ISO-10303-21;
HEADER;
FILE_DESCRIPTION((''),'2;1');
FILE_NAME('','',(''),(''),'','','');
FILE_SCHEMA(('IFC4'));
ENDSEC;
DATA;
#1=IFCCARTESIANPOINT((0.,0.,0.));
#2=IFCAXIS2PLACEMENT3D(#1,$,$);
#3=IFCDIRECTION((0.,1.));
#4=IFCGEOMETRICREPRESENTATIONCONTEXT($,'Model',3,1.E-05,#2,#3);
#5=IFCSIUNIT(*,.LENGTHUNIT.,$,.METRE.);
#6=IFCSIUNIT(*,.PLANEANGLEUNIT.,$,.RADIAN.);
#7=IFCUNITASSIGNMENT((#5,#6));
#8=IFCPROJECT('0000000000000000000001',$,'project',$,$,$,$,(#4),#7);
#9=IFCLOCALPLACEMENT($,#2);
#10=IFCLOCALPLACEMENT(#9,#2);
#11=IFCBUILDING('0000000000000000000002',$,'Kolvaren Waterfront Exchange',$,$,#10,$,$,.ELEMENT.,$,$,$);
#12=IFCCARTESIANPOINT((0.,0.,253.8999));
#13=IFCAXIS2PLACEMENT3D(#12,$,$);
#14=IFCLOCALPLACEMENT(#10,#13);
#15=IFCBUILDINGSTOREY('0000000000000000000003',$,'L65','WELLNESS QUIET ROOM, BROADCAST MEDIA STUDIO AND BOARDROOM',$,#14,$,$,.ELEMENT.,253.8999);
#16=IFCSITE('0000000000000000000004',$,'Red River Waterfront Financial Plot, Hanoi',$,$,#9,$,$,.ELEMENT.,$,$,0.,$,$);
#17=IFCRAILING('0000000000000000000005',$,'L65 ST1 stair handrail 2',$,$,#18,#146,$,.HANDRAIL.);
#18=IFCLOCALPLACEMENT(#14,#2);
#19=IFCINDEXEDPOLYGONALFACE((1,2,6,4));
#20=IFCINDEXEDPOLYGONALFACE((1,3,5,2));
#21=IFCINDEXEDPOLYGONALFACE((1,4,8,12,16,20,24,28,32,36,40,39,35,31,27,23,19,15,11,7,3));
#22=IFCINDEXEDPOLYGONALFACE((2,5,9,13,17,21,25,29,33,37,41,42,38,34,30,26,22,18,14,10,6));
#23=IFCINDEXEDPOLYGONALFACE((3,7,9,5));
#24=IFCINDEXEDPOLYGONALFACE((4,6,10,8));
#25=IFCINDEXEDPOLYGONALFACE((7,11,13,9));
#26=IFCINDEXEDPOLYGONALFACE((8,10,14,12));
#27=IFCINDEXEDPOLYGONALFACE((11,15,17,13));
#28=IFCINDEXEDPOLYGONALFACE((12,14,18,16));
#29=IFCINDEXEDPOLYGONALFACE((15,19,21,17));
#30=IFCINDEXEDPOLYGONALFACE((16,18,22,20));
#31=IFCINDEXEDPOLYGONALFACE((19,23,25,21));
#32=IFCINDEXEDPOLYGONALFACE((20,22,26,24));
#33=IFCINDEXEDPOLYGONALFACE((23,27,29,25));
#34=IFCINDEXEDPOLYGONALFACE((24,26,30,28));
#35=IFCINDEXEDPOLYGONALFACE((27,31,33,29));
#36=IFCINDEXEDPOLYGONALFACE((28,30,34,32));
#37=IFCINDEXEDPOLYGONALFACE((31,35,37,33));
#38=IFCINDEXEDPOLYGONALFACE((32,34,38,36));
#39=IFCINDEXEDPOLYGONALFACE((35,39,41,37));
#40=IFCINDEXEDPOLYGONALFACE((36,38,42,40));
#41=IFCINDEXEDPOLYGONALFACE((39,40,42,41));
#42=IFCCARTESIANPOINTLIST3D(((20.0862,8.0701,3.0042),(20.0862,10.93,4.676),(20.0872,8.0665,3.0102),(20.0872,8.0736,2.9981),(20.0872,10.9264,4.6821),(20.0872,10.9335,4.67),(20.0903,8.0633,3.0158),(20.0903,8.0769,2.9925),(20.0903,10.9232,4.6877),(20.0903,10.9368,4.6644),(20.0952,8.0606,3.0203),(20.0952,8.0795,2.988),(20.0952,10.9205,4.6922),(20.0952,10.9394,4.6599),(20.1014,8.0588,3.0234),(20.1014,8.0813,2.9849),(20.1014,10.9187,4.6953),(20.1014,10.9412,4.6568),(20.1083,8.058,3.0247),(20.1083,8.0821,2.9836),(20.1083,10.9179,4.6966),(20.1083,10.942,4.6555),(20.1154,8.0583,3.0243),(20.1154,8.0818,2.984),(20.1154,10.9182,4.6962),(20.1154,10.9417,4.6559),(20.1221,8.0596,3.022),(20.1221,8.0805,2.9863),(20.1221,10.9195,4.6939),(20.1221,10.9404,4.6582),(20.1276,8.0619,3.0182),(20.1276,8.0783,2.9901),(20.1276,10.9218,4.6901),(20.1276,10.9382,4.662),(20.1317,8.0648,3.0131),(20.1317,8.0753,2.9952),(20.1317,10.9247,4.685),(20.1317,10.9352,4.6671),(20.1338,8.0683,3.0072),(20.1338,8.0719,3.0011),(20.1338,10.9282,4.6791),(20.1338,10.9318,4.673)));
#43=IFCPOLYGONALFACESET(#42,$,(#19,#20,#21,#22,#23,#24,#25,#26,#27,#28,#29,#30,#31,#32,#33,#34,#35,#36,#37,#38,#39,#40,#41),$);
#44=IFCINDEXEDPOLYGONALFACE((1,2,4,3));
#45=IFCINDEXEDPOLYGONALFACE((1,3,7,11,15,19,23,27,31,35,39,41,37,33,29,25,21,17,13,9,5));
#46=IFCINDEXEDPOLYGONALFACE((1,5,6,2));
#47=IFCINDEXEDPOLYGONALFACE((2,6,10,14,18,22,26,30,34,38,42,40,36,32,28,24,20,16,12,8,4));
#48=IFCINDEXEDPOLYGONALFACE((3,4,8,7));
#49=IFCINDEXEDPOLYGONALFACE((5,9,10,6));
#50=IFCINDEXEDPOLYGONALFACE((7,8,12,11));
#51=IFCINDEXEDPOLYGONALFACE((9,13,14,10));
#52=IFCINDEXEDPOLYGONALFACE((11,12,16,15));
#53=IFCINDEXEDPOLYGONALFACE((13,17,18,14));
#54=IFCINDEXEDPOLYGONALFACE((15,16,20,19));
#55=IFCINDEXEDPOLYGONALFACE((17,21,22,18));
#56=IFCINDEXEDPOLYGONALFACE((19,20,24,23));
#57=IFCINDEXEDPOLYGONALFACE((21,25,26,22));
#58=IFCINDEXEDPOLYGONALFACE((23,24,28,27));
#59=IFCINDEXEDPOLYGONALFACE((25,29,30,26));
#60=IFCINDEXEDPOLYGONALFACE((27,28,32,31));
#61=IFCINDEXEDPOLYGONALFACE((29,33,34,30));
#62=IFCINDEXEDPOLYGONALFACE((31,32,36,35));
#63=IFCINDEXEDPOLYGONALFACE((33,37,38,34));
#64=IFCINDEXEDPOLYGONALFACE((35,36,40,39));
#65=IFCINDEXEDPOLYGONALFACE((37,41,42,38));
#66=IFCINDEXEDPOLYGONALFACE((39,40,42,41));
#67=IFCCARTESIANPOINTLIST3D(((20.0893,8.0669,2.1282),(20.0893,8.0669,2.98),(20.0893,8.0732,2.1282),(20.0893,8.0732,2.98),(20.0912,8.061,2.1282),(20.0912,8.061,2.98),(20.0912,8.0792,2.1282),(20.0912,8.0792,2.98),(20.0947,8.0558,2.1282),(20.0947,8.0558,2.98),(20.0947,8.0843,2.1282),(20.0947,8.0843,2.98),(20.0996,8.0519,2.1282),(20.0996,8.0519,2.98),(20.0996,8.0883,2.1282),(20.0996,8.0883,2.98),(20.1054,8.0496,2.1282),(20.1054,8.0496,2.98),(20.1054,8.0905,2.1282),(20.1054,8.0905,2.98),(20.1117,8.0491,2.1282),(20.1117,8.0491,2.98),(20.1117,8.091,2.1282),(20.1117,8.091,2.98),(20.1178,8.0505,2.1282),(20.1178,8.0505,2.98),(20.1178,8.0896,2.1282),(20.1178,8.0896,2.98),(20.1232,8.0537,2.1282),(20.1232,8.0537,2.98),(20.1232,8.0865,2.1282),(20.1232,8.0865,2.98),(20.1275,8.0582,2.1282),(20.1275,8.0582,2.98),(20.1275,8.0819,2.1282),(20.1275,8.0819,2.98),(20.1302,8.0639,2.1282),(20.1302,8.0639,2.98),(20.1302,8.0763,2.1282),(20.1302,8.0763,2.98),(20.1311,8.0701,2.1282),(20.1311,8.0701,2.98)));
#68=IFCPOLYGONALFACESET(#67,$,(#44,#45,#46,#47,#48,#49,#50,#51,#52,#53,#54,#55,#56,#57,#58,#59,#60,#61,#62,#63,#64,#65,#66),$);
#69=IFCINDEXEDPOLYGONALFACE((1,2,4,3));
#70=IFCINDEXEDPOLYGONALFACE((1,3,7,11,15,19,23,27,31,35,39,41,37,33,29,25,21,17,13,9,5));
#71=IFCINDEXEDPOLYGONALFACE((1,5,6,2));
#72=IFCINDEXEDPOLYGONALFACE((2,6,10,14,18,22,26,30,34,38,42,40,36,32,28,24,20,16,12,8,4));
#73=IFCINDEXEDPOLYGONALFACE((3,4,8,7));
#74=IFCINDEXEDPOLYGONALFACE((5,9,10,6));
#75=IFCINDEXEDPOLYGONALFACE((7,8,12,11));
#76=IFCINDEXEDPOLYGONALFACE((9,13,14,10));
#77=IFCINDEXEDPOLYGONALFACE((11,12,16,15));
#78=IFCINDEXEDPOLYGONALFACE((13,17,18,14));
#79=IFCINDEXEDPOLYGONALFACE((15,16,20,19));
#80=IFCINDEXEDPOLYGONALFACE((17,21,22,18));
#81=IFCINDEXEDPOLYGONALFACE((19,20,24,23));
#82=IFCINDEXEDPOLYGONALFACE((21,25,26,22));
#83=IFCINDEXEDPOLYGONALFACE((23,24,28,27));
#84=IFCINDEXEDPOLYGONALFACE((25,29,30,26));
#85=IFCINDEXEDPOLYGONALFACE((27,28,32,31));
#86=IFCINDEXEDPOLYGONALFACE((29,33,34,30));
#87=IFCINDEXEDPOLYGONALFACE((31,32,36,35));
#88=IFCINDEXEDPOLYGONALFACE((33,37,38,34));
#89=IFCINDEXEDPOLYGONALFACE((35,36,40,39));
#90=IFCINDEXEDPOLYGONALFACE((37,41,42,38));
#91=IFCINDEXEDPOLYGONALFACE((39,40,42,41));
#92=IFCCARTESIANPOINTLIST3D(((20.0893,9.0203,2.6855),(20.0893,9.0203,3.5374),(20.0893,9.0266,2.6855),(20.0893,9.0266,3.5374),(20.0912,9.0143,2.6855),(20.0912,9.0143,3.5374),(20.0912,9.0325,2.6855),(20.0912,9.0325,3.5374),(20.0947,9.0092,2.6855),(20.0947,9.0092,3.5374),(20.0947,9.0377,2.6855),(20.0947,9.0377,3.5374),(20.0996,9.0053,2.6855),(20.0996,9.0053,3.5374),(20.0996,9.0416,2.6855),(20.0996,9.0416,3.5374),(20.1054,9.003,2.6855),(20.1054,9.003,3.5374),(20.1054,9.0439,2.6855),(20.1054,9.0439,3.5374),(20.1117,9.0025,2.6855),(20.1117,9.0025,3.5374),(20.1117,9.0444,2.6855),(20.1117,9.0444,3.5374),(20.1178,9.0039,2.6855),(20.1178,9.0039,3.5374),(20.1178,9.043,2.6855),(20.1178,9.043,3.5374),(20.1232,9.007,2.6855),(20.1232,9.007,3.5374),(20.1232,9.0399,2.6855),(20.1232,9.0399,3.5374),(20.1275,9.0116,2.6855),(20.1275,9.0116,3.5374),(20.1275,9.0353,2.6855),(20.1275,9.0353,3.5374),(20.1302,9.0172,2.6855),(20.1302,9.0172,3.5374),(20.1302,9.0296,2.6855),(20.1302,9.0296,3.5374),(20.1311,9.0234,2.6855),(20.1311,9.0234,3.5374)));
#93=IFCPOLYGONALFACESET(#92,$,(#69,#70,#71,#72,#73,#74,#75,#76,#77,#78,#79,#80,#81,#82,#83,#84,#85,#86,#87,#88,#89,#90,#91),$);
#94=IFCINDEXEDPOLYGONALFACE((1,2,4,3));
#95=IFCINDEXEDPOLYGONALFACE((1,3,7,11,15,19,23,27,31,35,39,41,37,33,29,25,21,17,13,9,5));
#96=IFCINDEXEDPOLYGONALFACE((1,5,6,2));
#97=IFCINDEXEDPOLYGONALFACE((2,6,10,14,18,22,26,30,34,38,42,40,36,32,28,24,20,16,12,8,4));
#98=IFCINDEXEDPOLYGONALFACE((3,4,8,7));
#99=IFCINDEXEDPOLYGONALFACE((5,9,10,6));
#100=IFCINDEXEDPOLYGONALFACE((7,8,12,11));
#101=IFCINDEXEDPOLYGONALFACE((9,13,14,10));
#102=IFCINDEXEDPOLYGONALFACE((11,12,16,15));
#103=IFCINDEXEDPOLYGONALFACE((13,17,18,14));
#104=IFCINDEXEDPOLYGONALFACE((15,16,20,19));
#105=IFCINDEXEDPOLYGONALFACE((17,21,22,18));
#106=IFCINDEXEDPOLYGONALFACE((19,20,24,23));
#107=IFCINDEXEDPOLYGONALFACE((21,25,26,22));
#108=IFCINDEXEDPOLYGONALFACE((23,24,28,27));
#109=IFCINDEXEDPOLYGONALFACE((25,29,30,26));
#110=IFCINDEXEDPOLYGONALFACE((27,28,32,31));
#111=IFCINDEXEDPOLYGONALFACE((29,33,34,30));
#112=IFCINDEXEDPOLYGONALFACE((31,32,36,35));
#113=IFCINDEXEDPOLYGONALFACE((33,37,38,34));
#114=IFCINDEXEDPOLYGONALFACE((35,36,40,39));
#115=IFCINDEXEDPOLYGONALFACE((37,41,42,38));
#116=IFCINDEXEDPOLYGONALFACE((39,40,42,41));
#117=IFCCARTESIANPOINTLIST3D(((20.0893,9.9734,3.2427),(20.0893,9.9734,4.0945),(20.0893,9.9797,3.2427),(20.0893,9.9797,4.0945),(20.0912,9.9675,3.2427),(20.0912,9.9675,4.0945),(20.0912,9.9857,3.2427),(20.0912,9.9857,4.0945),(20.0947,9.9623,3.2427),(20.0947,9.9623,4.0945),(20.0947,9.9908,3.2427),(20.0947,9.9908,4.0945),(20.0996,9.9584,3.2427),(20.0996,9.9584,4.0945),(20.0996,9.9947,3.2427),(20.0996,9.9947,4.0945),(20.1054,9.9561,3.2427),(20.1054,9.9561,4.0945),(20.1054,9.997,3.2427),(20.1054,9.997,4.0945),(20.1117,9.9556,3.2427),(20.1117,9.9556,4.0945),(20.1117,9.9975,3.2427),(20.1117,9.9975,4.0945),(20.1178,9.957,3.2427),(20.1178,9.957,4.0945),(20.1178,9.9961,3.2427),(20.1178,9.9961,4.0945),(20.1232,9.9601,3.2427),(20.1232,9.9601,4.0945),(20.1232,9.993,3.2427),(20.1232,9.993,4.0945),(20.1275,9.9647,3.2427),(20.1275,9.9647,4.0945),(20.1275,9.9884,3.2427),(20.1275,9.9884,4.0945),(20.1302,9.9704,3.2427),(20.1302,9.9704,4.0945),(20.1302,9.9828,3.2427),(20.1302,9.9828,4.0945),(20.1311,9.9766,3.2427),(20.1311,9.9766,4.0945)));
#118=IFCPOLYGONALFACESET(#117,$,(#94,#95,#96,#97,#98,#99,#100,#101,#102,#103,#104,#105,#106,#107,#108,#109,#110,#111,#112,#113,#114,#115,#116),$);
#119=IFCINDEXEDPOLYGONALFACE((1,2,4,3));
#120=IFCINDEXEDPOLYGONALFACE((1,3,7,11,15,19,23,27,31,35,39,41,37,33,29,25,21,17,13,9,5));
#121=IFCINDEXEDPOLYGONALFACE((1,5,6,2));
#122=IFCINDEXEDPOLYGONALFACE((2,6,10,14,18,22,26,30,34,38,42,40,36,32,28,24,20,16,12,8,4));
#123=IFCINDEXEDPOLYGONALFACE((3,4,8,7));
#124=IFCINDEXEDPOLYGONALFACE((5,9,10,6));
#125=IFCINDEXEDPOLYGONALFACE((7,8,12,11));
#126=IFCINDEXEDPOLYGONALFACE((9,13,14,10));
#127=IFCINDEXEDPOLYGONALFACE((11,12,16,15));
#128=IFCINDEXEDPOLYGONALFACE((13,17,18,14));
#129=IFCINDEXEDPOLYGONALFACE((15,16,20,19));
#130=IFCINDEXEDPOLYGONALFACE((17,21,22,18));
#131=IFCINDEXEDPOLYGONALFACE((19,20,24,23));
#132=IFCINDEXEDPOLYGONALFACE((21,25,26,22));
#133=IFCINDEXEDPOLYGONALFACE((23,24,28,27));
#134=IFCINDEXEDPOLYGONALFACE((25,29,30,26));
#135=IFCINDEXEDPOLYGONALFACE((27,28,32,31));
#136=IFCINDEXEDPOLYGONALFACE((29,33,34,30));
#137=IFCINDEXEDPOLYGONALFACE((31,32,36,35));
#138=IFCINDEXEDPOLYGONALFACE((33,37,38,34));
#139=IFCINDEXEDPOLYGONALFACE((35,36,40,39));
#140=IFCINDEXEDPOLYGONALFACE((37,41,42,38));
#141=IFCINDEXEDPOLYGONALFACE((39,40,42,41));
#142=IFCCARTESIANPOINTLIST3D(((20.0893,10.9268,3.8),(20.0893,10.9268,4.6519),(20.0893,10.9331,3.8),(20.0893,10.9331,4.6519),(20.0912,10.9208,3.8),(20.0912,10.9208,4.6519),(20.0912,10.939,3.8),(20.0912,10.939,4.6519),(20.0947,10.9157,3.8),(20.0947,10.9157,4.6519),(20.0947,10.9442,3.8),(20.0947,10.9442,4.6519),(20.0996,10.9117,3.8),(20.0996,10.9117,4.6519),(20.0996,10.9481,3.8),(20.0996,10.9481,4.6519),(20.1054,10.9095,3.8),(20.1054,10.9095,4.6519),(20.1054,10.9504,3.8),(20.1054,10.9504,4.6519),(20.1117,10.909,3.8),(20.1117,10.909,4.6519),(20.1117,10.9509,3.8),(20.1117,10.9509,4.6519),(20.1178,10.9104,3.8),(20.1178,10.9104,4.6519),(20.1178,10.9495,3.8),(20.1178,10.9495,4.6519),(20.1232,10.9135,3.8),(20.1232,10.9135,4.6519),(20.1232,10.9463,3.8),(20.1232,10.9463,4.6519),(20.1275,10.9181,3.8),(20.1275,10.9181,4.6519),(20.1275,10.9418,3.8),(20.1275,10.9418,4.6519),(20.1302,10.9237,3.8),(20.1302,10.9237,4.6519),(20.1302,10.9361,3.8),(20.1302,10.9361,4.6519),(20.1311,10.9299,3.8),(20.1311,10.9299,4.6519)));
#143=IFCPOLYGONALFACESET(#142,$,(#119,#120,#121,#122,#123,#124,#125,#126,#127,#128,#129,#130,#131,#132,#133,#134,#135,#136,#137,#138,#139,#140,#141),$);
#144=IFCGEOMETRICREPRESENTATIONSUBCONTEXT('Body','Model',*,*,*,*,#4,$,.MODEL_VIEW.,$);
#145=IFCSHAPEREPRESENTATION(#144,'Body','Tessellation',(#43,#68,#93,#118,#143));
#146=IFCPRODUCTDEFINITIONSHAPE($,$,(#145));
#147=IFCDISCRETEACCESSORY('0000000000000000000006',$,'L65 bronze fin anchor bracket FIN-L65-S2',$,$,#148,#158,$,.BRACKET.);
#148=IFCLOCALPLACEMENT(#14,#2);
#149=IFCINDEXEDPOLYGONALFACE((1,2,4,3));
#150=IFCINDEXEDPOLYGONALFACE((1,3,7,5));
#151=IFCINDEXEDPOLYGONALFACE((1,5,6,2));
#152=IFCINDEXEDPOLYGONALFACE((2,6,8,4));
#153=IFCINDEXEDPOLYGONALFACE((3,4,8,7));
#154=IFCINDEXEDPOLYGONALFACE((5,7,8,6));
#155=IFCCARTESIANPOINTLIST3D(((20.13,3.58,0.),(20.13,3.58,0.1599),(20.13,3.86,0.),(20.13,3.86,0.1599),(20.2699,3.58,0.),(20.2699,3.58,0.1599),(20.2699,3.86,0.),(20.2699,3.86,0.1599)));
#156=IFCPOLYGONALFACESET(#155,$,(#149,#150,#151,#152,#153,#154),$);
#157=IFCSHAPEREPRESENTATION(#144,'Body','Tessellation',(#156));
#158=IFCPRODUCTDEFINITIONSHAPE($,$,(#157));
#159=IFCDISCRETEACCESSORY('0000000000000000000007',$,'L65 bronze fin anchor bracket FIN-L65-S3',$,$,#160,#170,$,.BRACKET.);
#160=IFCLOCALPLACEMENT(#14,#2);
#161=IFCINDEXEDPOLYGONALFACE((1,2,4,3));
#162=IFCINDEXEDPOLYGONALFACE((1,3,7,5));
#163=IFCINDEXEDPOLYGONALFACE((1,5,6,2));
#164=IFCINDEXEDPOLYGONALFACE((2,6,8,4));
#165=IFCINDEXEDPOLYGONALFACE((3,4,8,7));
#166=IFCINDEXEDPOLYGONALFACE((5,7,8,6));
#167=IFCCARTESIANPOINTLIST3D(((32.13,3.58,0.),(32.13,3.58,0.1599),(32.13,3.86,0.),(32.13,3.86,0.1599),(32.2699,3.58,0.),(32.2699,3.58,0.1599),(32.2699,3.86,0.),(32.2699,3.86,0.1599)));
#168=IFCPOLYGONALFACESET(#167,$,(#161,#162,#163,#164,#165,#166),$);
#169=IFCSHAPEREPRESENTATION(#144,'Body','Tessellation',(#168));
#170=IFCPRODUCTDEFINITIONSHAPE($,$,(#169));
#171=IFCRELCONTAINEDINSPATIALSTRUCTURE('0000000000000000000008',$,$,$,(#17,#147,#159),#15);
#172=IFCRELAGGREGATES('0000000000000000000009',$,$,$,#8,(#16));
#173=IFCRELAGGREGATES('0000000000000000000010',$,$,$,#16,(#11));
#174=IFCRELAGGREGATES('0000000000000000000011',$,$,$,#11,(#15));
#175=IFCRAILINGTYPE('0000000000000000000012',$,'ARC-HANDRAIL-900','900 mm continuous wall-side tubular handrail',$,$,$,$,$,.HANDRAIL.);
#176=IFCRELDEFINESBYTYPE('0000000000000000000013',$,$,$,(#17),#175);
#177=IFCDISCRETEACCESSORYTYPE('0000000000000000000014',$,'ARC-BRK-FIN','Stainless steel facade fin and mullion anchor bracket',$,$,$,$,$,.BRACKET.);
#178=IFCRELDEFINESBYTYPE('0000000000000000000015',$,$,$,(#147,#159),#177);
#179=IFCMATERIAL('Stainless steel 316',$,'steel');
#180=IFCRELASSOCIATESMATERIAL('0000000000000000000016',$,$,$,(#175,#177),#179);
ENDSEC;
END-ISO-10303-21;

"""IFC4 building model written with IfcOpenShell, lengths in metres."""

from ifc_helpers import new_model, si_unit, direction, frame, origin, origin_with_axes, origin_2d, place, context, subcontext, project, spatial, rectangle, circle, extrude, source, transform, mapped, material, type_object, element, save


model = new_model("IFC4")

# Units and contexts
model_context = context("Model", 3, precision=1e-05, world=origin(), true_north=direction((0.0, 1.0)))
body_context = subcontext(model_context, "Body", "Model", "MODEL_VIEW")
ifc_project = project(units=[si_unit("LENGTHUNIT", "METRE"), si_unit("PLANEANGLEUNIT", "RADIAN")], contexts=[model_context])

# Site, building, storey
site_placement = place(None, origin())
site = spatial("IfcSite", under=ifc_project, at=site_placement, Name="Red River Waterfront Financial Plot, Hanoi", CompositionType="ELEMENT", RefElevation=0.0)
building_placement = place(site_placement, origin())
building = spatial("IfcBuilding", under=site, at=building_placement, Name="Kolvaren Waterfront Exchange", CompositionType="ELEMENT")
storey_placement = place(building_placement, frame((0.0, 0.0, 253.8999)))
storey = spatial("IfcBuildingStorey", under=building, at=storey_placement, Name="L65", Description="WELLNESS QUIET ROOM, BROADCAST MEDIA STUDIO AND BOARDROOM", CompositionType="ELEMENT", Elevation=253.8999)

# Railing
ifc_material_1 = material(Name="Stainless steel 316", Category="steel")
railing_type_1 = type_object("IfcRailingType", Name="ARC-HANDRAIL-900", Description="900 mm continuous wall-side tubular handrail", PredefinedType="HANDRAIL", material=ifc_material_1)
railing_1_placement = place(storey_placement, frame((20.1101, 8.0701, 2.1282)))
element("IfcRailing", 1, at=railing_1_placement, inside=storey, type_object=railing_type_1, Name="L65 ST1 stair handrail 2", PredefinedType="HANDRAIL", context=body_context, shape_type="SweptSolid", body=[
    extrude(circle(Radius=0.0239, at=origin_2d()), frame((0.0, 0.0, 0.876), z_axis=(0.0, 0.863303, 0.504686), x_axis=(-1.0, 0.0, 0.0)), (0.0, 0.0, 1.0), 3.3127),
    extrude(circle(Radius=0.021, at=origin_2d()), origin(), (0.0, 0.0, 1.0), 0.8518),
    extrude(circle(Radius=0.021, at=origin_2d()), frame((0.0, 0.9534, 0.5574)), (0.0, 0.0, 1.0), 0.8518),
    extrude(circle(Radius=0.021, at=origin_2d()), frame((0.0, 1.9065, 1.1145)), (0.0, 0.0, 1.0), 0.8518),
    extrude(circle(Radius=0.021, at=origin_2d()), frame((0.0, 2.8599, 1.6719)), (0.0, 0.0, 1.0), 0.8518),
])

# Discrete accessories
discrete_accessory_type = type_object("IfcDiscreteAccessoryType", Name="ARC-BRK-FIN", Description="Stainless steel facade fin and mullion anchor bracket", PredefinedType="BRACKET", material=ifc_material_1)
shared_shape_1 = source(origin_with_axes(), body_context, "Body", "SweptSolid", [
    extrude(rectangle(XDim=0.28, YDim=0.1399, at=origin_2d()), origin(), (0.0, 0.0, 1.0), 0.1599),
])
for number, where, z_axis, x_axis, name in (
    (2, (20.2, 3.72, 0.0), (0.0, 0.0, 1.0), (0.0, -1.0, 0.0), "L65 bronze fin anchor bracket FIN-L65-S2"),
    (3, (32.2, 3.72, 0.0), (0.0, 0.0, 1.0), (0.0, -1.0, 0.0), "L65 bronze fin anchor bracket FIN-L65-S3"),
):
    element("IfcDiscreteAccessory", number, at=place(storey_placement, frame(where, z_axis=z_axis, x_axis=x_axis)), inside=storey, type_object=discrete_accessory_type, Name=name, PredefinedType="BRACKET", context=body_context, shape_type="MappedRepresentation", body=[
        mapped(shared_shape_1, transform((0.0, 0.0, 0.0), x_axis=(1.0, 0.0, 0.0), y_axis=(0.0, 1.0, 0.0), z_axis=(0.0, 0.0, 1.0), scale=1.0)),
    ])

save(model, "model.ifc")
